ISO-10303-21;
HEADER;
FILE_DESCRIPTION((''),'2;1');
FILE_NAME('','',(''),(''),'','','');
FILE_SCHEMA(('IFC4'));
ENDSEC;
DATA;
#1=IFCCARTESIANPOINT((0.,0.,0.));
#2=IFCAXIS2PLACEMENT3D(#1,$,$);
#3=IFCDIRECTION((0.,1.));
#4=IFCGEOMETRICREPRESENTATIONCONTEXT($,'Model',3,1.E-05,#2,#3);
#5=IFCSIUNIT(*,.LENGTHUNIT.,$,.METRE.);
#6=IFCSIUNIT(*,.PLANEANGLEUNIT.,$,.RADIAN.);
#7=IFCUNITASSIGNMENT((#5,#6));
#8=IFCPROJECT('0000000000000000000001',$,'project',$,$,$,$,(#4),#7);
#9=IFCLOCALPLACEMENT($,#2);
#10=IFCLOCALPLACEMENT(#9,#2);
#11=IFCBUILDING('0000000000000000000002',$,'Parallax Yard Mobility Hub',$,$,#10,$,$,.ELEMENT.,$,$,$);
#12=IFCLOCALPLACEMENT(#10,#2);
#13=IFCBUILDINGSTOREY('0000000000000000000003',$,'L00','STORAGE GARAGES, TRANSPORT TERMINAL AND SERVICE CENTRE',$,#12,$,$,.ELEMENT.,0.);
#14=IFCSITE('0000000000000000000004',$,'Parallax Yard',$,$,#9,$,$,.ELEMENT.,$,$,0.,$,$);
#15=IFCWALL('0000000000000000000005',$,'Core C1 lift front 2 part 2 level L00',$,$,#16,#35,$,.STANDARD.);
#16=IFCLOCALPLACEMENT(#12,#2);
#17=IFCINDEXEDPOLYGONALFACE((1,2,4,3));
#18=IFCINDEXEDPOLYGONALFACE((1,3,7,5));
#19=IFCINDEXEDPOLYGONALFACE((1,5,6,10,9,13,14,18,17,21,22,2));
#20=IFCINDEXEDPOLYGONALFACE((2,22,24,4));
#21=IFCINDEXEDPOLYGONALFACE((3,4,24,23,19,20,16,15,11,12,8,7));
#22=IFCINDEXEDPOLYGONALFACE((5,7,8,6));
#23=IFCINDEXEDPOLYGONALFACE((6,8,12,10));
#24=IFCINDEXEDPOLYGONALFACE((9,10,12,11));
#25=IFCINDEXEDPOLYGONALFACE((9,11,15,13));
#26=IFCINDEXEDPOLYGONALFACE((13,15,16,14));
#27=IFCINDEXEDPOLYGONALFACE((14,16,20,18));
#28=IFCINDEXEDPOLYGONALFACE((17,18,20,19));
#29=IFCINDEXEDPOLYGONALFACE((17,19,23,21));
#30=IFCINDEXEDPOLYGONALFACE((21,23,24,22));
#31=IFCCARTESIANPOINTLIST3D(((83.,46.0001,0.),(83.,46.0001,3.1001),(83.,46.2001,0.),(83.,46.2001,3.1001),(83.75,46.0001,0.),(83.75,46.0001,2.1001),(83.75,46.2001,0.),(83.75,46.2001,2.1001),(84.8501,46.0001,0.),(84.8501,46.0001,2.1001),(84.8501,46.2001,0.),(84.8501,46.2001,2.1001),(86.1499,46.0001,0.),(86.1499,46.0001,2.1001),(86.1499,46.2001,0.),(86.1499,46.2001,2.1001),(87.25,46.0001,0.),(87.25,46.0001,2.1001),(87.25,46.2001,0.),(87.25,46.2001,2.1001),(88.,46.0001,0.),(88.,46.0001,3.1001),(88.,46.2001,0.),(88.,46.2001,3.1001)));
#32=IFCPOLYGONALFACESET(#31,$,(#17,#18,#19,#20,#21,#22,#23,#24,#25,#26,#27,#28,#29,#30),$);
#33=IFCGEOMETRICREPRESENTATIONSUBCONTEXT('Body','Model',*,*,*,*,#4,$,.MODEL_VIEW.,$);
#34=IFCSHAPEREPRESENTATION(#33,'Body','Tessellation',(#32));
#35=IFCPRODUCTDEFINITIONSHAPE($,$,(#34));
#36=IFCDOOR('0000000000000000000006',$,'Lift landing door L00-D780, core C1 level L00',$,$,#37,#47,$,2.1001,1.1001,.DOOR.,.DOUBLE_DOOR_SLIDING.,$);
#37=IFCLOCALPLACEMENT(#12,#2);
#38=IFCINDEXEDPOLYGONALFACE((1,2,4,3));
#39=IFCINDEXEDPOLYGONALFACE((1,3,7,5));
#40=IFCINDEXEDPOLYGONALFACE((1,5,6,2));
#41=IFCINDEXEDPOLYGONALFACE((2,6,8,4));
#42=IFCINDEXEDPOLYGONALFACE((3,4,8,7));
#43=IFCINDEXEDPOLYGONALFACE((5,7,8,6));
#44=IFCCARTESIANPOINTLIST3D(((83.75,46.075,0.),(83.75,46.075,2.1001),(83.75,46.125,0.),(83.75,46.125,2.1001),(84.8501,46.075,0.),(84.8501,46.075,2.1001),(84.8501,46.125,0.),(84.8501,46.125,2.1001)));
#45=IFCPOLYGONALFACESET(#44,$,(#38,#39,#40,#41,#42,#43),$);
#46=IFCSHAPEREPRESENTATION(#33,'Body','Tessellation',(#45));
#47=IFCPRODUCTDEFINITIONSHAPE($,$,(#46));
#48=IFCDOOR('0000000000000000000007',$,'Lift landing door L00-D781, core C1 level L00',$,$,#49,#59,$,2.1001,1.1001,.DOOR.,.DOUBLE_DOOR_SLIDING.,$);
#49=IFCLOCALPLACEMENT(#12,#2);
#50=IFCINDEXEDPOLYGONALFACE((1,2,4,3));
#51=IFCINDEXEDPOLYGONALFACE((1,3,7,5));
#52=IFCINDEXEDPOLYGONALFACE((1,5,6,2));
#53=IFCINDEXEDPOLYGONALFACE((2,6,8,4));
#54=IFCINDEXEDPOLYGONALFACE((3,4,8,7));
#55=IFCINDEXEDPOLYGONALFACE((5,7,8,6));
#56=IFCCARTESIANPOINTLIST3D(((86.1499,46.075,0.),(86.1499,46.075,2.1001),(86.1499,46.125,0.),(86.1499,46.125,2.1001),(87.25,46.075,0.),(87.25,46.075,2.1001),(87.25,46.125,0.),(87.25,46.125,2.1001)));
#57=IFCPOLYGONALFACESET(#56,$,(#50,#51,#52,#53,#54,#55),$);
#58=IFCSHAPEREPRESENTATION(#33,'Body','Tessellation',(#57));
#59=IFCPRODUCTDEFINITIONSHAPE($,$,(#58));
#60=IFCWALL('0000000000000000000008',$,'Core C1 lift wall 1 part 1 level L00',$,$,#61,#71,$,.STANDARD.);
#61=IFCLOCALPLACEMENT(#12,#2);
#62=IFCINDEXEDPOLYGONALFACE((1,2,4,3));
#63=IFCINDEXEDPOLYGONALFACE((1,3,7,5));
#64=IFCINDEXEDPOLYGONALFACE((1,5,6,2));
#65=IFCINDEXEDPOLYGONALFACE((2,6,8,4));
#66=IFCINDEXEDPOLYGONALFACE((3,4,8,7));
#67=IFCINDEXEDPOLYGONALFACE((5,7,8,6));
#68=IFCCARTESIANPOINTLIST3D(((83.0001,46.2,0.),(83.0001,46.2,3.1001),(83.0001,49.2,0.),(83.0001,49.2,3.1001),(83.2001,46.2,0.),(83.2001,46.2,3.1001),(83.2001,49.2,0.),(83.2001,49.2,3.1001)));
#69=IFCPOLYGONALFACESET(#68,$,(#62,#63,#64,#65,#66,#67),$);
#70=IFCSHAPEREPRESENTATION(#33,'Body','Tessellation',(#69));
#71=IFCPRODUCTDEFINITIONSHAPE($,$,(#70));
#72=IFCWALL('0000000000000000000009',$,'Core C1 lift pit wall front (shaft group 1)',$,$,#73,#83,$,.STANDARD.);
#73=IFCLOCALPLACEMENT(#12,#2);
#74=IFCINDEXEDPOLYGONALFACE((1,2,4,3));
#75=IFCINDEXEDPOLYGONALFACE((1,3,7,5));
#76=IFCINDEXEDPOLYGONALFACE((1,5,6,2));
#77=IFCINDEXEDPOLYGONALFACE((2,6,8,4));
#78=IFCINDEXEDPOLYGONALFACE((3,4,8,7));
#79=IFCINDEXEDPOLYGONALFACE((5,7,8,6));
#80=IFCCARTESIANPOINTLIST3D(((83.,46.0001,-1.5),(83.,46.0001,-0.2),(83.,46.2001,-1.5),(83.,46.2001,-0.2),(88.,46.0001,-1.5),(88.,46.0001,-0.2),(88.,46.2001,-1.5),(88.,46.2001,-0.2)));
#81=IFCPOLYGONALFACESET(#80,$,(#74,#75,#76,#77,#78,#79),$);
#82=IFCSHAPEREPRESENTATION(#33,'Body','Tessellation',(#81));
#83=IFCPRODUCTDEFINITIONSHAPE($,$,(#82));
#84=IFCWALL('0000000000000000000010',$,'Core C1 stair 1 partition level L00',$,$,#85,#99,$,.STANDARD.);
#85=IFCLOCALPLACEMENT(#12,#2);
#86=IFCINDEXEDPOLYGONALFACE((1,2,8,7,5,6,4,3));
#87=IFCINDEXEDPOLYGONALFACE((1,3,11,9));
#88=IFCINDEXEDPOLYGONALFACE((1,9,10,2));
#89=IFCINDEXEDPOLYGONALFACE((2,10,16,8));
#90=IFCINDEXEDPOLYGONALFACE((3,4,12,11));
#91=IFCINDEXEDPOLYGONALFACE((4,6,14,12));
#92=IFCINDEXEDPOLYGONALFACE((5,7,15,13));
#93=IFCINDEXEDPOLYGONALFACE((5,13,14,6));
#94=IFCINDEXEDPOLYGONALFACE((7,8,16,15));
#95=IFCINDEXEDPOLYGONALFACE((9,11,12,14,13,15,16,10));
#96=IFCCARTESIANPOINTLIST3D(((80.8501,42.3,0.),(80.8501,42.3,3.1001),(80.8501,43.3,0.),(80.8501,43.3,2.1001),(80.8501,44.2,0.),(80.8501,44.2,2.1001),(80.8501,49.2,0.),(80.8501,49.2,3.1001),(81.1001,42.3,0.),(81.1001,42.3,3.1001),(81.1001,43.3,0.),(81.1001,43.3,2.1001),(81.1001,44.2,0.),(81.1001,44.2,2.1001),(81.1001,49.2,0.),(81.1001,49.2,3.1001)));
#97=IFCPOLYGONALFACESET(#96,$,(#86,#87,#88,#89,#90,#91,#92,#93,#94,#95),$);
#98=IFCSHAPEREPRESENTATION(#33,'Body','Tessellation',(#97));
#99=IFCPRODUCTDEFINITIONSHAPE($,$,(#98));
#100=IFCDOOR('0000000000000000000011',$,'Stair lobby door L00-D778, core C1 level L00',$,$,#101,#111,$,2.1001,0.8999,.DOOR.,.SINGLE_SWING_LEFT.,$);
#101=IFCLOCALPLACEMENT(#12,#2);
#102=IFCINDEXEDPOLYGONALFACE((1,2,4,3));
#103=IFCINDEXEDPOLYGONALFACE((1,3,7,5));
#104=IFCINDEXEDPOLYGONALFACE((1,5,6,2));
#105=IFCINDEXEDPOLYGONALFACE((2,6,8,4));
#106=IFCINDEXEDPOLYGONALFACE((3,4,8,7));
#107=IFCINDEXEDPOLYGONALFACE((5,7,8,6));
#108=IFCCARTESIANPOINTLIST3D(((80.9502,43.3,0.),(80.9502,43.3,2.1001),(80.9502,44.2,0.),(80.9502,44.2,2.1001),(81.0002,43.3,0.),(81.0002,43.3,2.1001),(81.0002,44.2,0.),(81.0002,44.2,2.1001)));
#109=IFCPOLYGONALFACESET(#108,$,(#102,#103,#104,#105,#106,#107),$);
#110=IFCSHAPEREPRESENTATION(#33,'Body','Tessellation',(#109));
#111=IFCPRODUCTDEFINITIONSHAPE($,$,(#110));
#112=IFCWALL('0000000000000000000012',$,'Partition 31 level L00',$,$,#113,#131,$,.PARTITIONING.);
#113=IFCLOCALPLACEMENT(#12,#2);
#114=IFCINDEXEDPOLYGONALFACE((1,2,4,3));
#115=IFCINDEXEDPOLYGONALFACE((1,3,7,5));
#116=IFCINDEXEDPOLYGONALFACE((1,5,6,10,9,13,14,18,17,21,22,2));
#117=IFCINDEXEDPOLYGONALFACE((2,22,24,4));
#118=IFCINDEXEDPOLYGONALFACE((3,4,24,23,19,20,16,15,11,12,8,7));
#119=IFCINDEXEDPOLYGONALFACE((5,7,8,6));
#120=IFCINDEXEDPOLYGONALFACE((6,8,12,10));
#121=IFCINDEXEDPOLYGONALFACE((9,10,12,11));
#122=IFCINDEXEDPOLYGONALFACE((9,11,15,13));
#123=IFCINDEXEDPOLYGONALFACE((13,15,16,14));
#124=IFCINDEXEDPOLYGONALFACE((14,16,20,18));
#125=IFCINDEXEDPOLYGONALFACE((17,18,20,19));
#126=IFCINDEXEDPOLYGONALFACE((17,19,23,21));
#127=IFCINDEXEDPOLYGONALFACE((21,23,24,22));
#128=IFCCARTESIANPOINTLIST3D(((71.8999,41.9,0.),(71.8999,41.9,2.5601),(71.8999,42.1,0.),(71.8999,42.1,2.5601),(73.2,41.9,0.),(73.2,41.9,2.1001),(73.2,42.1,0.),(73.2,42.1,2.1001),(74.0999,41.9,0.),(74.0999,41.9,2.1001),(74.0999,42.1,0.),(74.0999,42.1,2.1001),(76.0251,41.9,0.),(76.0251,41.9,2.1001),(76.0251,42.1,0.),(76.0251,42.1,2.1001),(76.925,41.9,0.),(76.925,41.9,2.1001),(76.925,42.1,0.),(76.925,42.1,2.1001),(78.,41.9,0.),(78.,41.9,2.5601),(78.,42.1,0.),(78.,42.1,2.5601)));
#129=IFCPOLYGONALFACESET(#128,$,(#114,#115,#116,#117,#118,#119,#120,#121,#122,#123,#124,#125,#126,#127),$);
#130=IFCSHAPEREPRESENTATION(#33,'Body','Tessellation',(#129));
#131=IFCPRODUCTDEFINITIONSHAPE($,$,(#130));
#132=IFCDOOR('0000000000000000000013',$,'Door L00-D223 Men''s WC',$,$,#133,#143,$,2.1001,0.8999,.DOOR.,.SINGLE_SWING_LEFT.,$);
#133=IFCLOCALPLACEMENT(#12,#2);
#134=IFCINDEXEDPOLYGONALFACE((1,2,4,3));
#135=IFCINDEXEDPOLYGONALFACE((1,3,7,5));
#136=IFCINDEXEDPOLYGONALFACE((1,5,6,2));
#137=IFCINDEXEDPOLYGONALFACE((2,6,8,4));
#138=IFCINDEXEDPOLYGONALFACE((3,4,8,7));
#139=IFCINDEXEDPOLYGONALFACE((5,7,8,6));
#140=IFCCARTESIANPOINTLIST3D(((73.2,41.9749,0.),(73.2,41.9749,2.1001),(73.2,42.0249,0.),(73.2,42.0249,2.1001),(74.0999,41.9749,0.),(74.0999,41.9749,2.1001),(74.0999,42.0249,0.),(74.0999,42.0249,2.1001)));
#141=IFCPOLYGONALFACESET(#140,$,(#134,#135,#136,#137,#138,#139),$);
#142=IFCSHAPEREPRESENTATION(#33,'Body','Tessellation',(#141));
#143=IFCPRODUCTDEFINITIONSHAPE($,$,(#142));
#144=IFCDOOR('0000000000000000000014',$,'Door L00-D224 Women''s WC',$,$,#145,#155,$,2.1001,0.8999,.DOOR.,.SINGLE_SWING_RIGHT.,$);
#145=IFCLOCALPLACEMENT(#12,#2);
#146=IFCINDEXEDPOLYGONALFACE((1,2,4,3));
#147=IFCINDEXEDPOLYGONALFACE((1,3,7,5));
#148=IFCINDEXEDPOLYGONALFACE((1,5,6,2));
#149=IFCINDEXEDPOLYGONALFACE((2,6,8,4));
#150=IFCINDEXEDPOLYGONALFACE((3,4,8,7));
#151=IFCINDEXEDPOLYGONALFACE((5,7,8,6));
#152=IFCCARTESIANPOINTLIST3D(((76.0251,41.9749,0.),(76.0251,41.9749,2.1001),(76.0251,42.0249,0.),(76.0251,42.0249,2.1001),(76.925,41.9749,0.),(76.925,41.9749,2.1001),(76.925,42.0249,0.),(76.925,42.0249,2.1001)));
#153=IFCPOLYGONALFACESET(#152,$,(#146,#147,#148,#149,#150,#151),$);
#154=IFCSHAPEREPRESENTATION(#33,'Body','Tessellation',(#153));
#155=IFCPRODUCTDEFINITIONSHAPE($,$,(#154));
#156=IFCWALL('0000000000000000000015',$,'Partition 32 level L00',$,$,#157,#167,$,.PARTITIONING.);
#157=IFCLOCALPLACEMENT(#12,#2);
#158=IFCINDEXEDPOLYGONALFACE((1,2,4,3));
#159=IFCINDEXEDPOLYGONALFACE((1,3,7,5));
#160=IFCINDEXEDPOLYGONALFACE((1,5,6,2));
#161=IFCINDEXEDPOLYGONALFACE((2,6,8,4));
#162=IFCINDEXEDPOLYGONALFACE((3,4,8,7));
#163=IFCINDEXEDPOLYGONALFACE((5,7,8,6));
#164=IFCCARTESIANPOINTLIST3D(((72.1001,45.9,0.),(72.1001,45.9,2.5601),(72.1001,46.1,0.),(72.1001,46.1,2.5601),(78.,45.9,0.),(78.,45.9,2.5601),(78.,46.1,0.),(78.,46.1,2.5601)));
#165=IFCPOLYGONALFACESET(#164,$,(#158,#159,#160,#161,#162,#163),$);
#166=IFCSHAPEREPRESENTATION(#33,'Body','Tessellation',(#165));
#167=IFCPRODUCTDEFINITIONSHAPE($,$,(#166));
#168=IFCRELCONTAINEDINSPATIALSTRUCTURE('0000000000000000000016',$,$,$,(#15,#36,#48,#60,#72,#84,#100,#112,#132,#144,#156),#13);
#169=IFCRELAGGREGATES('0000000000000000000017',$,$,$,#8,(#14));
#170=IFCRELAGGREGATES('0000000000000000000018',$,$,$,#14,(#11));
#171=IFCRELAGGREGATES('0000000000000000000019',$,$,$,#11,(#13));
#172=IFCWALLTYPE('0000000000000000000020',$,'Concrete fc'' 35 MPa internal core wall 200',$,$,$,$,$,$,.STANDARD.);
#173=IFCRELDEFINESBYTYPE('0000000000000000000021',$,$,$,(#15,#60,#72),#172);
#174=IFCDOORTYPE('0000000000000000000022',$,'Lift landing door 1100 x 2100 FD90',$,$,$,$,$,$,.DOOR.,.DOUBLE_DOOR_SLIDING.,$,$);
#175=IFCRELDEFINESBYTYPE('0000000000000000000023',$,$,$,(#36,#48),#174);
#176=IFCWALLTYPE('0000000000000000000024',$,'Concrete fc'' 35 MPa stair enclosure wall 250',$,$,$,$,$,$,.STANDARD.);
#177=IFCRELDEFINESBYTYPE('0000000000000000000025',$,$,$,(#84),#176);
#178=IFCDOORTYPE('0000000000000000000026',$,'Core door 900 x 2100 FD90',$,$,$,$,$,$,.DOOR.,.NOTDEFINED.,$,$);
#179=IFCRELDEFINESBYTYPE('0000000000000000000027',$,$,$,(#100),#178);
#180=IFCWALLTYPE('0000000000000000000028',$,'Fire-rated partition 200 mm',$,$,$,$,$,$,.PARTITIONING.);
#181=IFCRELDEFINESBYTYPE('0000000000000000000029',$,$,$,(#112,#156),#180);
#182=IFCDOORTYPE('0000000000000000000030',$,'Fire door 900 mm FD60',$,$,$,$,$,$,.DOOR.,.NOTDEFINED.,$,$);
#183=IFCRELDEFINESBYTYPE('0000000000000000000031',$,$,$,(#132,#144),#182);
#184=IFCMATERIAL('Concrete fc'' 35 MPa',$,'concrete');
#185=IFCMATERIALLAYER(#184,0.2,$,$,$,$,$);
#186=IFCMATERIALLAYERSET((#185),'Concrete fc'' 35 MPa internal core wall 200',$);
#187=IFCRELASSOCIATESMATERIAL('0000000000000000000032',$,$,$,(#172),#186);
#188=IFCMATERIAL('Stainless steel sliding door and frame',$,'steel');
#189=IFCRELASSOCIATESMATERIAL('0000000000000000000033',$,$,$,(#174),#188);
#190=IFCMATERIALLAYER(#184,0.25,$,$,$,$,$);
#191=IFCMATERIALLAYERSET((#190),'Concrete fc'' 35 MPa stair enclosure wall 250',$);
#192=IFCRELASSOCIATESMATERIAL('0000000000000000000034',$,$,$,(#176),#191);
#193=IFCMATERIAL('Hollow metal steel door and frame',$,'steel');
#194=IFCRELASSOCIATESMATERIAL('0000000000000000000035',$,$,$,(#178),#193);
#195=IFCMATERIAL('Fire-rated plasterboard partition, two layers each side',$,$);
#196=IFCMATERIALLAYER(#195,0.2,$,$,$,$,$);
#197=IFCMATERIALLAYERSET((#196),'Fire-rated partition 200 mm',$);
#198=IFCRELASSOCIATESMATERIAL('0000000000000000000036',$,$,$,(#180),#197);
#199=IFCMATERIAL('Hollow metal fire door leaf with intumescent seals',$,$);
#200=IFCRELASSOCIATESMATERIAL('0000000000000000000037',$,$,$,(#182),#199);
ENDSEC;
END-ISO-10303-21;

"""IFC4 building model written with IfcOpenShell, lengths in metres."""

from ifc_helpers import new_model, si_unit, direction, frame, frame_2d, origin, place, context, subcontext, project, spatial, rectangle, extrude, material, layer, layer_set, type_object, element, fill, save


model = new_model("IFC4")

# Units and contexts
model_context = context("Model", 3, precision=1e-05, world=origin(), true_north=direction((0.0, 1.0)))
body_context = subcontext(model_context, "Body", "Model", "MODEL_VIEW")
ifc_project = project(units=[si_unit("LENGTHUNIT", "METRE"), si_unit("PLANEANGLEUNIT", "RADIAN")], contexts=[model_context])

# Site, building, storey
site_placement = place(None, origin())
site = spatial("IfcSite", under=ifc_project, at=site_placement, Name="Parallax Yard", CompositionType="ELEMENT", RefElevation=0.0)
building_placement = place(site_placement, origin())
building = spatial("IfcBuilding", under=site, at=building_placement, Name="Parallax Yard Mobility Hub", CompositionType="ELEMENT")
storey_placement = place(building_placement, origin())
storey = spatial("IfcBuildingStorey", under=building, at=storey_placement, Name="L00", Description="STORAGE GARAGES, TRANSPORT TERMINAL AND SERVICE CENTRE", CompositionType="ELEMENT", Elevation=0.0)

# Shared definitions
ifc_material_1 = material(Name="Concrete fc' 35 MPa", Category="concrete")

# Shared definitions
ifc_layer_1 = layer(ifc_material_1, 0.2)
ifc_layer_set_1 = layer_set([ifc_layer_1], Name="Concrete fc' 35 MPa internal core wall 200")
wall_type_1 = type_object("IfcWallType", Name="Concrete fc' 35 MPa internal core wall 200", PredefinedType="STANDARD", material=ifc_layer_set_1)
ifc_material_2 = material(Name="Hollow metal steel door and frame", Category="steel")

# Wall, openings, doors
wall_1_placement = place(storey_placement, frame((83.0, 46.1001, 0.0), z_axis=(0.0, 0.0, 1.0), x_axis=(1.0, 0.0, 0.0)))
wall_1 = element("IfcWall", 1, at=wall_1_placement, inside=storey, type_object=wall_type_1, Name="Core C1 lift front 2 part 2 level L00", PredefinedType="STANDARD", context=body_context, shape_type="SweptSolid", body=[
    extrude(rectangle(XDim=5.0, YDim=0.2, at=frame_2d((2.5, 0.0))), origin(), (0.0, 0.0, 1.0), 3.1001),
])
opening_1_placement = place(wall_1_placement, frame((0.75, 0.0, 0.0)))
opening_1 = element("IfcOpeningElement", 2, at=opening_1_placement, cuts=wall_1, PredefinedType="OPENING", context=body_context, shape_type="SweptSolid", body=[
    extrude(rectangle(XDim=1.1001, YDim=2.1001, at=frame_2d((0.55, 1.05))), frame((0.0, 0.1099, 0.0), z_axis=(0.0, -1.0, 0.0), x_axis=(1.0, 0.0, 0.0)), (0.0, 0.0, 1.0), 0.22),
])
opening_2_placement = place(wall_1_placement, frame((3.1499, 0.0, 0.0)))
opening_2 = element("IfcOpeningElement", 3, at=opening_2_placement, cuts=wall_1, PredefinedType="OPENING", context=body_context, shape_type="SweptSolid", body=[
    extrude(rectangle(XDim=1.1001, YDim=2.1001, at=frame_2d((0.55, 1.05))), frame((0.0, 0.1099, 0.0), z_axis=(0.0, -1.0, 0.0), x_axis=(1.0, 0.0, 0.0)), (0.0, 0.0, 1.0), 0.22),
])
ifc_material_3 = material(Name="Stainless steel sliding door and frame", Category="steel")
door_type_1 = type_object("IfcDoorType", Name="Lift landing door 1100 x 2100 FD90", OperationType="DOUBLE_DOOR_SLIDING", PredefinedType="DOOR", material=ifc_material_3)
door_1_placement = place(opening_1_placement, origin())
door_1 = element("IfcDoor", 4, at=door_1_placement, inside=storey, type_object=door_type_1, Name="Lift landing door L00-D780, core C1 level L00", OperationType="DOUBLE_DOOR_SLIDING", OverallHeight=2.1001, OverallWidth=1.1001, PredefinedType="DOOR", context=body_context, shape_type="SweptSolid", body=[
    extrude(rectangle(XDim=1.1001, YDim=2.1001, at=frame_2d((0.55, 1.05))), frame((0.0, 0.0249, 0.0), z_axis=(0.0, -1.0, 0.0), x_axis=(1.0, 0.0, 0.0)), (0.0, 0.0, 1.0), 0.05),
])
fill(opening_1, door_1)
door_2_placement = place(opening_2_placement, origin())
door_2 = element("IfcDoor", 5, at=door_2_placement, inside=storey, type_object=door_type_1, Name="Lift landing door L00-D781, core C1 level L00", OperationType="DOUBLE_DOOR_SLIDING", OverallHeight=2.1001, OverallWidth=1.1001, PredefinedType="DOOR", context=body_context, shape_type="SweptSolid", body=[
    extrude(rectangle(XDim=1.1001, YDim=2.1001, at=frame_2d((0.55, 1.05))), frame((0.0, 0.0249, 0.0), z_axis=(0.0, -1.0, 0.0), x_axis=(1.0, 0.0, 0.0)), (0.0, 0.0, 1.0), 0.05),
])
fill(opening_2, door_2)

# Walls
wall_2_placement = place(storey_placement, frame((83.1001, 46.2, 0.0), z_axis=(0.0, 0.0, 1.0), x_axis=(0.0, 1.0, 0.0)))
element("IfcWall", 6, at=wall_2_placement, inside=storey, type_object=wall_type_1, Name="Core C1 lift wall 1 part 1 level L00", PredefinedType="STANDARD", context=body_context, shape_type="SweptSolid", body=[
    extrude(rectangle(XDim=3.0, YDim=0.2, at=frame_2d((1.5, 0.0))), origin(), (0.0, 0.0, 1.0), 3.1001),
])
wall_3_placement = place(storey_placement, frame((83.0, 46.1001, -1.5), z_axis=(0.0, 0.0, 1.0), x_axis=(1.0, 0.0, 0.0)))
element("IfcWall", 7, at=wall_3_placement, inside=storey, type_object=wall_type_1, Name="Core C1 lift pit wall front (shaft group 1)", PredefinedType="STANDARD", context=body_context, shape_type="SweptSolid", body=[
    extrude(rectangle(XDim=5.0, YDim=0.2, at=frame_2d((2.5, 0.0))), origin(), (0.0, 0.0, 1.0), 1.3),
])

# Wall, opening, door
ifc_layer_2 = layer(ifc_material_1, 0.25)
ifc_layer_set_2 = layer_set([ifc_layer_2], Name="Concrete fc' 35 MPa stair enclosure wall 250")
wall_type_2 = type_object("IfcWallType", Name="Concrete fc' 35 MPa stair enclosure wall 250", PredefinedType="STANDARD", material=ifc_layer_set_2)
wall_4_placement = place(storey_placement, frame((80.9751, 42.3, 0.0), z_axis=(0.0, 0.0, 1.0), x_axis=(0.0, 1.0, 0.0)))
wall_4 = element("IfcWall", 8, at=wall_4_placement, inside=storey, type_object=wall_type_2, Name="Core C1 stair 1 partition level L00", PredefinedType="STANDARD", context=body_context, shape_type="SweptSolid", body=[
    extrude(rectangle(XDim=6.8999, YDim=0.25, at=frame_2d((3.45, 0.0))), origin(), (0.0, 0.0, 1.0), 3.1001),
])
opening_3_placement = place(wall_4_placement, frame((1.0, 0.0, 0.0)))
opening_3 = element("IfcOpeningElement", 9, at=opening_3_placement, cuts=wall_4, PredefinedType="OPENING", context=body_context, shape_type="SweptSolid", body=[
    extrude(rectangle(XDim=0.8999, YDim=2.1001, at=frame_2d((0.45, 1.05))), frame((0.0, 0.135, 0.0), z_axis=(0.0, -1.0, 0.0), x_axis=(1.0, 0.0, 0.0)), (0.0, 0.0, 1.0), 0.27),
])
door_type_2 = type_object("IfcDoorType", Name="Core door 900 x 2100 FD90", OperationType="NOTDEFINED", PredefinedType="DOOR", material=ifc_material_2)
door_3_placement = place(opening_3_placement, origin())
door_3 = element("IfcDoor", 10, at=door_3_placement, inside=storey, type_object=door_type_2, Name="Stair lobby door L00-D778, core C1 level L00", OperationType="SINGLE_SWING_LEFT", OverallHeight=2.1001, OverallWidth=0.8999, PredefinedType="DOOR", context=body_context, shape_type="SweptSolid", body=[
    extrude(rectangle(XDim=0.8999, YDim=2.1001, at=frame_2d((0.45, 1.05))), frame((0.0, 0.0249, 0.0), z_axis=(0.0, -1.0, 0.0), x_axis=(1.0, 0.0, 0.0)), (0.0, 0.0, 1.0), 0.05),
])
fill(opening_3, door_3)

# Wall, openings, doors
ifc_material_4 = material(Name="Fire-rated plasterboard partition, two layers each side")
ifc_layer_3 = layer(ifc_material_4, 0.2)
ifc_layer_set_3 = layer_set([ifc_layer_3], Name="Fire-rated partition 200 mm")
wall_type_3 = type_object("IfcWallType", Name="Fire-rated partition 200 mm", PredefinedType="PARTITIONING", material=ifc_layer_set_3)
wall_5_placement = place(storey_placement, frame((71.8999, 42.0, 0.0), z_axis=(0.0, 0.0, 1.0), x_axis=(1.0, 0.0, 0.0)))
wall_5 = element("IfcWall", 11, at=wall_5_placement, inside=storey, type_object=wall_type_3, Name="Partition 31 level L00", PredefinedType="PARTITIONING", context=body_context, shape_type="SweptSolid", body=[
    extrude(rectangle(XDim=6.1001, YDim=0.2, at=frame_2d((3.05, 0.0))), origin(), (0.0, 0.0, 1.0), 2.5601),
])
opening_4_placement = place(wall_5_placement, frame((1.3, 0.0, 0.0)))
opening_4 = element("IfcOpeningElement", 12, at=opening_4_placement, cuts=wall_5, PredefinedType="OPENING", context=body_context, shape_type="SweptSolid", body=[
    extrude(rectangle(XDim=0.8999, YDim=2.1001, at=frame_2d((0.45, 1.05))), frame((0.0, 0.1099, 0.0), z_axis=(0.0, -1.0, 0.0), x_axis=(1.0, 0.0, 0.0)), (0.0, 0.0, 1.0), 0.22),
])
opening_5_placement = place(wall_5_placement, frame((4.1252, 0.0, 0.0)))
opening_5 = element("IfcOpeningElement", 13, at=opening_5_placement, cuts=wall_5, PredefinedType="OPENING", context=body_context, shape_type="SweptSolid", body=[
    extrude(rectangle(XDim=0.8999, YDim=2.1001, at=frame_2d((0.45, 1.05))), frame((0.0, 0.1099, 0.0), z_axis=(0.0, -1.0, 0.0), x_axis=(1.0, 0.0, 0.0)), (0.0, 0.0, 1.0), 0.22),
])
ifc_material_5 = material(Name="Hollow metal fire door leaf with intumescent seals")
door_type_3 = type_object("IfcDoorType", Name="Fire door 900 mm FD60", OperationType="NOTDEFINED", PredefinedType="DOOR", material=ifc_material_5)
door_4_placement = place(opening_4_placement, origin())
door_4 = element("IfcDoor", 14, at=door_4_placement, inside=storey, type_object=door_type_3, Name="Door L00-D223 Men's WC", OperationType="SINGLE_SWING_LEFT", OverallHeight=2.1001, OverallWidth=0.8999, PredefinedType="DOOR", context=body_context, shape_type="SweptSolid", body=[
    extrude(rectangle(XDim=0.8999, YDim=2.1001, at=frame_2d((0.45, 1.05))), frame((0.0, 0.0249, 0.0), z_axis=(0.0, -1.0, 0.0), x_axis=(1.0, 0.0, 0.0)), (0.0, 0.0, 1.0), 0.05),
])
fill(opening_4, door_4)
door_5_placement = place(opening_5_placement, origin())
door_5 = element("IfcDoor", 15, at=door_5_placement, inside=storey, type_object=door_type_3, Name="Door L00-D224 Women's WC", OperationType="SINGLE_SWING_RIGHT", OverallHeight=2.1001, OverallWidth=0.8999, PredefinedType="DOOR", context=body_context, shape_type="SweptSolid", body=[
    extrude(rectangle(XDim=0.8999, YDim=2.1001, at=frame_2d((0.45, 1.05))), frame((0.0, 0.0249, 0.0), z_axis=(0.0, -1.0, 0.0), x_axis=(1.0, 0.0, 0.0)), (0.0, 0.0, 1.0), 0.05),
])
fill(opening_5, door_5)

# Wall
wall_6_placement = place(storey_placement, frame((72.1001, 46.0, 0.0), z_axis=(0.0, 0.0, 1.0), x_axis=(1.0, 0.0, 0.0)))
element("IfcWall", 16, at=wall_6_placement, inside=storey, type_object=wall_type_3, Name="Partition 32 level L00", PredefinedType="PARTITIONING", context=body_context, shape_type="SweptSolid", body=[
    extrude(rectangle(XDim=5.8999, YDim=0.2, at=frame_2d((2.95, 0.0))), origin(), (0.0, 0.0, 1.0), 2.5601),
])

save(model, "model.ifc")
